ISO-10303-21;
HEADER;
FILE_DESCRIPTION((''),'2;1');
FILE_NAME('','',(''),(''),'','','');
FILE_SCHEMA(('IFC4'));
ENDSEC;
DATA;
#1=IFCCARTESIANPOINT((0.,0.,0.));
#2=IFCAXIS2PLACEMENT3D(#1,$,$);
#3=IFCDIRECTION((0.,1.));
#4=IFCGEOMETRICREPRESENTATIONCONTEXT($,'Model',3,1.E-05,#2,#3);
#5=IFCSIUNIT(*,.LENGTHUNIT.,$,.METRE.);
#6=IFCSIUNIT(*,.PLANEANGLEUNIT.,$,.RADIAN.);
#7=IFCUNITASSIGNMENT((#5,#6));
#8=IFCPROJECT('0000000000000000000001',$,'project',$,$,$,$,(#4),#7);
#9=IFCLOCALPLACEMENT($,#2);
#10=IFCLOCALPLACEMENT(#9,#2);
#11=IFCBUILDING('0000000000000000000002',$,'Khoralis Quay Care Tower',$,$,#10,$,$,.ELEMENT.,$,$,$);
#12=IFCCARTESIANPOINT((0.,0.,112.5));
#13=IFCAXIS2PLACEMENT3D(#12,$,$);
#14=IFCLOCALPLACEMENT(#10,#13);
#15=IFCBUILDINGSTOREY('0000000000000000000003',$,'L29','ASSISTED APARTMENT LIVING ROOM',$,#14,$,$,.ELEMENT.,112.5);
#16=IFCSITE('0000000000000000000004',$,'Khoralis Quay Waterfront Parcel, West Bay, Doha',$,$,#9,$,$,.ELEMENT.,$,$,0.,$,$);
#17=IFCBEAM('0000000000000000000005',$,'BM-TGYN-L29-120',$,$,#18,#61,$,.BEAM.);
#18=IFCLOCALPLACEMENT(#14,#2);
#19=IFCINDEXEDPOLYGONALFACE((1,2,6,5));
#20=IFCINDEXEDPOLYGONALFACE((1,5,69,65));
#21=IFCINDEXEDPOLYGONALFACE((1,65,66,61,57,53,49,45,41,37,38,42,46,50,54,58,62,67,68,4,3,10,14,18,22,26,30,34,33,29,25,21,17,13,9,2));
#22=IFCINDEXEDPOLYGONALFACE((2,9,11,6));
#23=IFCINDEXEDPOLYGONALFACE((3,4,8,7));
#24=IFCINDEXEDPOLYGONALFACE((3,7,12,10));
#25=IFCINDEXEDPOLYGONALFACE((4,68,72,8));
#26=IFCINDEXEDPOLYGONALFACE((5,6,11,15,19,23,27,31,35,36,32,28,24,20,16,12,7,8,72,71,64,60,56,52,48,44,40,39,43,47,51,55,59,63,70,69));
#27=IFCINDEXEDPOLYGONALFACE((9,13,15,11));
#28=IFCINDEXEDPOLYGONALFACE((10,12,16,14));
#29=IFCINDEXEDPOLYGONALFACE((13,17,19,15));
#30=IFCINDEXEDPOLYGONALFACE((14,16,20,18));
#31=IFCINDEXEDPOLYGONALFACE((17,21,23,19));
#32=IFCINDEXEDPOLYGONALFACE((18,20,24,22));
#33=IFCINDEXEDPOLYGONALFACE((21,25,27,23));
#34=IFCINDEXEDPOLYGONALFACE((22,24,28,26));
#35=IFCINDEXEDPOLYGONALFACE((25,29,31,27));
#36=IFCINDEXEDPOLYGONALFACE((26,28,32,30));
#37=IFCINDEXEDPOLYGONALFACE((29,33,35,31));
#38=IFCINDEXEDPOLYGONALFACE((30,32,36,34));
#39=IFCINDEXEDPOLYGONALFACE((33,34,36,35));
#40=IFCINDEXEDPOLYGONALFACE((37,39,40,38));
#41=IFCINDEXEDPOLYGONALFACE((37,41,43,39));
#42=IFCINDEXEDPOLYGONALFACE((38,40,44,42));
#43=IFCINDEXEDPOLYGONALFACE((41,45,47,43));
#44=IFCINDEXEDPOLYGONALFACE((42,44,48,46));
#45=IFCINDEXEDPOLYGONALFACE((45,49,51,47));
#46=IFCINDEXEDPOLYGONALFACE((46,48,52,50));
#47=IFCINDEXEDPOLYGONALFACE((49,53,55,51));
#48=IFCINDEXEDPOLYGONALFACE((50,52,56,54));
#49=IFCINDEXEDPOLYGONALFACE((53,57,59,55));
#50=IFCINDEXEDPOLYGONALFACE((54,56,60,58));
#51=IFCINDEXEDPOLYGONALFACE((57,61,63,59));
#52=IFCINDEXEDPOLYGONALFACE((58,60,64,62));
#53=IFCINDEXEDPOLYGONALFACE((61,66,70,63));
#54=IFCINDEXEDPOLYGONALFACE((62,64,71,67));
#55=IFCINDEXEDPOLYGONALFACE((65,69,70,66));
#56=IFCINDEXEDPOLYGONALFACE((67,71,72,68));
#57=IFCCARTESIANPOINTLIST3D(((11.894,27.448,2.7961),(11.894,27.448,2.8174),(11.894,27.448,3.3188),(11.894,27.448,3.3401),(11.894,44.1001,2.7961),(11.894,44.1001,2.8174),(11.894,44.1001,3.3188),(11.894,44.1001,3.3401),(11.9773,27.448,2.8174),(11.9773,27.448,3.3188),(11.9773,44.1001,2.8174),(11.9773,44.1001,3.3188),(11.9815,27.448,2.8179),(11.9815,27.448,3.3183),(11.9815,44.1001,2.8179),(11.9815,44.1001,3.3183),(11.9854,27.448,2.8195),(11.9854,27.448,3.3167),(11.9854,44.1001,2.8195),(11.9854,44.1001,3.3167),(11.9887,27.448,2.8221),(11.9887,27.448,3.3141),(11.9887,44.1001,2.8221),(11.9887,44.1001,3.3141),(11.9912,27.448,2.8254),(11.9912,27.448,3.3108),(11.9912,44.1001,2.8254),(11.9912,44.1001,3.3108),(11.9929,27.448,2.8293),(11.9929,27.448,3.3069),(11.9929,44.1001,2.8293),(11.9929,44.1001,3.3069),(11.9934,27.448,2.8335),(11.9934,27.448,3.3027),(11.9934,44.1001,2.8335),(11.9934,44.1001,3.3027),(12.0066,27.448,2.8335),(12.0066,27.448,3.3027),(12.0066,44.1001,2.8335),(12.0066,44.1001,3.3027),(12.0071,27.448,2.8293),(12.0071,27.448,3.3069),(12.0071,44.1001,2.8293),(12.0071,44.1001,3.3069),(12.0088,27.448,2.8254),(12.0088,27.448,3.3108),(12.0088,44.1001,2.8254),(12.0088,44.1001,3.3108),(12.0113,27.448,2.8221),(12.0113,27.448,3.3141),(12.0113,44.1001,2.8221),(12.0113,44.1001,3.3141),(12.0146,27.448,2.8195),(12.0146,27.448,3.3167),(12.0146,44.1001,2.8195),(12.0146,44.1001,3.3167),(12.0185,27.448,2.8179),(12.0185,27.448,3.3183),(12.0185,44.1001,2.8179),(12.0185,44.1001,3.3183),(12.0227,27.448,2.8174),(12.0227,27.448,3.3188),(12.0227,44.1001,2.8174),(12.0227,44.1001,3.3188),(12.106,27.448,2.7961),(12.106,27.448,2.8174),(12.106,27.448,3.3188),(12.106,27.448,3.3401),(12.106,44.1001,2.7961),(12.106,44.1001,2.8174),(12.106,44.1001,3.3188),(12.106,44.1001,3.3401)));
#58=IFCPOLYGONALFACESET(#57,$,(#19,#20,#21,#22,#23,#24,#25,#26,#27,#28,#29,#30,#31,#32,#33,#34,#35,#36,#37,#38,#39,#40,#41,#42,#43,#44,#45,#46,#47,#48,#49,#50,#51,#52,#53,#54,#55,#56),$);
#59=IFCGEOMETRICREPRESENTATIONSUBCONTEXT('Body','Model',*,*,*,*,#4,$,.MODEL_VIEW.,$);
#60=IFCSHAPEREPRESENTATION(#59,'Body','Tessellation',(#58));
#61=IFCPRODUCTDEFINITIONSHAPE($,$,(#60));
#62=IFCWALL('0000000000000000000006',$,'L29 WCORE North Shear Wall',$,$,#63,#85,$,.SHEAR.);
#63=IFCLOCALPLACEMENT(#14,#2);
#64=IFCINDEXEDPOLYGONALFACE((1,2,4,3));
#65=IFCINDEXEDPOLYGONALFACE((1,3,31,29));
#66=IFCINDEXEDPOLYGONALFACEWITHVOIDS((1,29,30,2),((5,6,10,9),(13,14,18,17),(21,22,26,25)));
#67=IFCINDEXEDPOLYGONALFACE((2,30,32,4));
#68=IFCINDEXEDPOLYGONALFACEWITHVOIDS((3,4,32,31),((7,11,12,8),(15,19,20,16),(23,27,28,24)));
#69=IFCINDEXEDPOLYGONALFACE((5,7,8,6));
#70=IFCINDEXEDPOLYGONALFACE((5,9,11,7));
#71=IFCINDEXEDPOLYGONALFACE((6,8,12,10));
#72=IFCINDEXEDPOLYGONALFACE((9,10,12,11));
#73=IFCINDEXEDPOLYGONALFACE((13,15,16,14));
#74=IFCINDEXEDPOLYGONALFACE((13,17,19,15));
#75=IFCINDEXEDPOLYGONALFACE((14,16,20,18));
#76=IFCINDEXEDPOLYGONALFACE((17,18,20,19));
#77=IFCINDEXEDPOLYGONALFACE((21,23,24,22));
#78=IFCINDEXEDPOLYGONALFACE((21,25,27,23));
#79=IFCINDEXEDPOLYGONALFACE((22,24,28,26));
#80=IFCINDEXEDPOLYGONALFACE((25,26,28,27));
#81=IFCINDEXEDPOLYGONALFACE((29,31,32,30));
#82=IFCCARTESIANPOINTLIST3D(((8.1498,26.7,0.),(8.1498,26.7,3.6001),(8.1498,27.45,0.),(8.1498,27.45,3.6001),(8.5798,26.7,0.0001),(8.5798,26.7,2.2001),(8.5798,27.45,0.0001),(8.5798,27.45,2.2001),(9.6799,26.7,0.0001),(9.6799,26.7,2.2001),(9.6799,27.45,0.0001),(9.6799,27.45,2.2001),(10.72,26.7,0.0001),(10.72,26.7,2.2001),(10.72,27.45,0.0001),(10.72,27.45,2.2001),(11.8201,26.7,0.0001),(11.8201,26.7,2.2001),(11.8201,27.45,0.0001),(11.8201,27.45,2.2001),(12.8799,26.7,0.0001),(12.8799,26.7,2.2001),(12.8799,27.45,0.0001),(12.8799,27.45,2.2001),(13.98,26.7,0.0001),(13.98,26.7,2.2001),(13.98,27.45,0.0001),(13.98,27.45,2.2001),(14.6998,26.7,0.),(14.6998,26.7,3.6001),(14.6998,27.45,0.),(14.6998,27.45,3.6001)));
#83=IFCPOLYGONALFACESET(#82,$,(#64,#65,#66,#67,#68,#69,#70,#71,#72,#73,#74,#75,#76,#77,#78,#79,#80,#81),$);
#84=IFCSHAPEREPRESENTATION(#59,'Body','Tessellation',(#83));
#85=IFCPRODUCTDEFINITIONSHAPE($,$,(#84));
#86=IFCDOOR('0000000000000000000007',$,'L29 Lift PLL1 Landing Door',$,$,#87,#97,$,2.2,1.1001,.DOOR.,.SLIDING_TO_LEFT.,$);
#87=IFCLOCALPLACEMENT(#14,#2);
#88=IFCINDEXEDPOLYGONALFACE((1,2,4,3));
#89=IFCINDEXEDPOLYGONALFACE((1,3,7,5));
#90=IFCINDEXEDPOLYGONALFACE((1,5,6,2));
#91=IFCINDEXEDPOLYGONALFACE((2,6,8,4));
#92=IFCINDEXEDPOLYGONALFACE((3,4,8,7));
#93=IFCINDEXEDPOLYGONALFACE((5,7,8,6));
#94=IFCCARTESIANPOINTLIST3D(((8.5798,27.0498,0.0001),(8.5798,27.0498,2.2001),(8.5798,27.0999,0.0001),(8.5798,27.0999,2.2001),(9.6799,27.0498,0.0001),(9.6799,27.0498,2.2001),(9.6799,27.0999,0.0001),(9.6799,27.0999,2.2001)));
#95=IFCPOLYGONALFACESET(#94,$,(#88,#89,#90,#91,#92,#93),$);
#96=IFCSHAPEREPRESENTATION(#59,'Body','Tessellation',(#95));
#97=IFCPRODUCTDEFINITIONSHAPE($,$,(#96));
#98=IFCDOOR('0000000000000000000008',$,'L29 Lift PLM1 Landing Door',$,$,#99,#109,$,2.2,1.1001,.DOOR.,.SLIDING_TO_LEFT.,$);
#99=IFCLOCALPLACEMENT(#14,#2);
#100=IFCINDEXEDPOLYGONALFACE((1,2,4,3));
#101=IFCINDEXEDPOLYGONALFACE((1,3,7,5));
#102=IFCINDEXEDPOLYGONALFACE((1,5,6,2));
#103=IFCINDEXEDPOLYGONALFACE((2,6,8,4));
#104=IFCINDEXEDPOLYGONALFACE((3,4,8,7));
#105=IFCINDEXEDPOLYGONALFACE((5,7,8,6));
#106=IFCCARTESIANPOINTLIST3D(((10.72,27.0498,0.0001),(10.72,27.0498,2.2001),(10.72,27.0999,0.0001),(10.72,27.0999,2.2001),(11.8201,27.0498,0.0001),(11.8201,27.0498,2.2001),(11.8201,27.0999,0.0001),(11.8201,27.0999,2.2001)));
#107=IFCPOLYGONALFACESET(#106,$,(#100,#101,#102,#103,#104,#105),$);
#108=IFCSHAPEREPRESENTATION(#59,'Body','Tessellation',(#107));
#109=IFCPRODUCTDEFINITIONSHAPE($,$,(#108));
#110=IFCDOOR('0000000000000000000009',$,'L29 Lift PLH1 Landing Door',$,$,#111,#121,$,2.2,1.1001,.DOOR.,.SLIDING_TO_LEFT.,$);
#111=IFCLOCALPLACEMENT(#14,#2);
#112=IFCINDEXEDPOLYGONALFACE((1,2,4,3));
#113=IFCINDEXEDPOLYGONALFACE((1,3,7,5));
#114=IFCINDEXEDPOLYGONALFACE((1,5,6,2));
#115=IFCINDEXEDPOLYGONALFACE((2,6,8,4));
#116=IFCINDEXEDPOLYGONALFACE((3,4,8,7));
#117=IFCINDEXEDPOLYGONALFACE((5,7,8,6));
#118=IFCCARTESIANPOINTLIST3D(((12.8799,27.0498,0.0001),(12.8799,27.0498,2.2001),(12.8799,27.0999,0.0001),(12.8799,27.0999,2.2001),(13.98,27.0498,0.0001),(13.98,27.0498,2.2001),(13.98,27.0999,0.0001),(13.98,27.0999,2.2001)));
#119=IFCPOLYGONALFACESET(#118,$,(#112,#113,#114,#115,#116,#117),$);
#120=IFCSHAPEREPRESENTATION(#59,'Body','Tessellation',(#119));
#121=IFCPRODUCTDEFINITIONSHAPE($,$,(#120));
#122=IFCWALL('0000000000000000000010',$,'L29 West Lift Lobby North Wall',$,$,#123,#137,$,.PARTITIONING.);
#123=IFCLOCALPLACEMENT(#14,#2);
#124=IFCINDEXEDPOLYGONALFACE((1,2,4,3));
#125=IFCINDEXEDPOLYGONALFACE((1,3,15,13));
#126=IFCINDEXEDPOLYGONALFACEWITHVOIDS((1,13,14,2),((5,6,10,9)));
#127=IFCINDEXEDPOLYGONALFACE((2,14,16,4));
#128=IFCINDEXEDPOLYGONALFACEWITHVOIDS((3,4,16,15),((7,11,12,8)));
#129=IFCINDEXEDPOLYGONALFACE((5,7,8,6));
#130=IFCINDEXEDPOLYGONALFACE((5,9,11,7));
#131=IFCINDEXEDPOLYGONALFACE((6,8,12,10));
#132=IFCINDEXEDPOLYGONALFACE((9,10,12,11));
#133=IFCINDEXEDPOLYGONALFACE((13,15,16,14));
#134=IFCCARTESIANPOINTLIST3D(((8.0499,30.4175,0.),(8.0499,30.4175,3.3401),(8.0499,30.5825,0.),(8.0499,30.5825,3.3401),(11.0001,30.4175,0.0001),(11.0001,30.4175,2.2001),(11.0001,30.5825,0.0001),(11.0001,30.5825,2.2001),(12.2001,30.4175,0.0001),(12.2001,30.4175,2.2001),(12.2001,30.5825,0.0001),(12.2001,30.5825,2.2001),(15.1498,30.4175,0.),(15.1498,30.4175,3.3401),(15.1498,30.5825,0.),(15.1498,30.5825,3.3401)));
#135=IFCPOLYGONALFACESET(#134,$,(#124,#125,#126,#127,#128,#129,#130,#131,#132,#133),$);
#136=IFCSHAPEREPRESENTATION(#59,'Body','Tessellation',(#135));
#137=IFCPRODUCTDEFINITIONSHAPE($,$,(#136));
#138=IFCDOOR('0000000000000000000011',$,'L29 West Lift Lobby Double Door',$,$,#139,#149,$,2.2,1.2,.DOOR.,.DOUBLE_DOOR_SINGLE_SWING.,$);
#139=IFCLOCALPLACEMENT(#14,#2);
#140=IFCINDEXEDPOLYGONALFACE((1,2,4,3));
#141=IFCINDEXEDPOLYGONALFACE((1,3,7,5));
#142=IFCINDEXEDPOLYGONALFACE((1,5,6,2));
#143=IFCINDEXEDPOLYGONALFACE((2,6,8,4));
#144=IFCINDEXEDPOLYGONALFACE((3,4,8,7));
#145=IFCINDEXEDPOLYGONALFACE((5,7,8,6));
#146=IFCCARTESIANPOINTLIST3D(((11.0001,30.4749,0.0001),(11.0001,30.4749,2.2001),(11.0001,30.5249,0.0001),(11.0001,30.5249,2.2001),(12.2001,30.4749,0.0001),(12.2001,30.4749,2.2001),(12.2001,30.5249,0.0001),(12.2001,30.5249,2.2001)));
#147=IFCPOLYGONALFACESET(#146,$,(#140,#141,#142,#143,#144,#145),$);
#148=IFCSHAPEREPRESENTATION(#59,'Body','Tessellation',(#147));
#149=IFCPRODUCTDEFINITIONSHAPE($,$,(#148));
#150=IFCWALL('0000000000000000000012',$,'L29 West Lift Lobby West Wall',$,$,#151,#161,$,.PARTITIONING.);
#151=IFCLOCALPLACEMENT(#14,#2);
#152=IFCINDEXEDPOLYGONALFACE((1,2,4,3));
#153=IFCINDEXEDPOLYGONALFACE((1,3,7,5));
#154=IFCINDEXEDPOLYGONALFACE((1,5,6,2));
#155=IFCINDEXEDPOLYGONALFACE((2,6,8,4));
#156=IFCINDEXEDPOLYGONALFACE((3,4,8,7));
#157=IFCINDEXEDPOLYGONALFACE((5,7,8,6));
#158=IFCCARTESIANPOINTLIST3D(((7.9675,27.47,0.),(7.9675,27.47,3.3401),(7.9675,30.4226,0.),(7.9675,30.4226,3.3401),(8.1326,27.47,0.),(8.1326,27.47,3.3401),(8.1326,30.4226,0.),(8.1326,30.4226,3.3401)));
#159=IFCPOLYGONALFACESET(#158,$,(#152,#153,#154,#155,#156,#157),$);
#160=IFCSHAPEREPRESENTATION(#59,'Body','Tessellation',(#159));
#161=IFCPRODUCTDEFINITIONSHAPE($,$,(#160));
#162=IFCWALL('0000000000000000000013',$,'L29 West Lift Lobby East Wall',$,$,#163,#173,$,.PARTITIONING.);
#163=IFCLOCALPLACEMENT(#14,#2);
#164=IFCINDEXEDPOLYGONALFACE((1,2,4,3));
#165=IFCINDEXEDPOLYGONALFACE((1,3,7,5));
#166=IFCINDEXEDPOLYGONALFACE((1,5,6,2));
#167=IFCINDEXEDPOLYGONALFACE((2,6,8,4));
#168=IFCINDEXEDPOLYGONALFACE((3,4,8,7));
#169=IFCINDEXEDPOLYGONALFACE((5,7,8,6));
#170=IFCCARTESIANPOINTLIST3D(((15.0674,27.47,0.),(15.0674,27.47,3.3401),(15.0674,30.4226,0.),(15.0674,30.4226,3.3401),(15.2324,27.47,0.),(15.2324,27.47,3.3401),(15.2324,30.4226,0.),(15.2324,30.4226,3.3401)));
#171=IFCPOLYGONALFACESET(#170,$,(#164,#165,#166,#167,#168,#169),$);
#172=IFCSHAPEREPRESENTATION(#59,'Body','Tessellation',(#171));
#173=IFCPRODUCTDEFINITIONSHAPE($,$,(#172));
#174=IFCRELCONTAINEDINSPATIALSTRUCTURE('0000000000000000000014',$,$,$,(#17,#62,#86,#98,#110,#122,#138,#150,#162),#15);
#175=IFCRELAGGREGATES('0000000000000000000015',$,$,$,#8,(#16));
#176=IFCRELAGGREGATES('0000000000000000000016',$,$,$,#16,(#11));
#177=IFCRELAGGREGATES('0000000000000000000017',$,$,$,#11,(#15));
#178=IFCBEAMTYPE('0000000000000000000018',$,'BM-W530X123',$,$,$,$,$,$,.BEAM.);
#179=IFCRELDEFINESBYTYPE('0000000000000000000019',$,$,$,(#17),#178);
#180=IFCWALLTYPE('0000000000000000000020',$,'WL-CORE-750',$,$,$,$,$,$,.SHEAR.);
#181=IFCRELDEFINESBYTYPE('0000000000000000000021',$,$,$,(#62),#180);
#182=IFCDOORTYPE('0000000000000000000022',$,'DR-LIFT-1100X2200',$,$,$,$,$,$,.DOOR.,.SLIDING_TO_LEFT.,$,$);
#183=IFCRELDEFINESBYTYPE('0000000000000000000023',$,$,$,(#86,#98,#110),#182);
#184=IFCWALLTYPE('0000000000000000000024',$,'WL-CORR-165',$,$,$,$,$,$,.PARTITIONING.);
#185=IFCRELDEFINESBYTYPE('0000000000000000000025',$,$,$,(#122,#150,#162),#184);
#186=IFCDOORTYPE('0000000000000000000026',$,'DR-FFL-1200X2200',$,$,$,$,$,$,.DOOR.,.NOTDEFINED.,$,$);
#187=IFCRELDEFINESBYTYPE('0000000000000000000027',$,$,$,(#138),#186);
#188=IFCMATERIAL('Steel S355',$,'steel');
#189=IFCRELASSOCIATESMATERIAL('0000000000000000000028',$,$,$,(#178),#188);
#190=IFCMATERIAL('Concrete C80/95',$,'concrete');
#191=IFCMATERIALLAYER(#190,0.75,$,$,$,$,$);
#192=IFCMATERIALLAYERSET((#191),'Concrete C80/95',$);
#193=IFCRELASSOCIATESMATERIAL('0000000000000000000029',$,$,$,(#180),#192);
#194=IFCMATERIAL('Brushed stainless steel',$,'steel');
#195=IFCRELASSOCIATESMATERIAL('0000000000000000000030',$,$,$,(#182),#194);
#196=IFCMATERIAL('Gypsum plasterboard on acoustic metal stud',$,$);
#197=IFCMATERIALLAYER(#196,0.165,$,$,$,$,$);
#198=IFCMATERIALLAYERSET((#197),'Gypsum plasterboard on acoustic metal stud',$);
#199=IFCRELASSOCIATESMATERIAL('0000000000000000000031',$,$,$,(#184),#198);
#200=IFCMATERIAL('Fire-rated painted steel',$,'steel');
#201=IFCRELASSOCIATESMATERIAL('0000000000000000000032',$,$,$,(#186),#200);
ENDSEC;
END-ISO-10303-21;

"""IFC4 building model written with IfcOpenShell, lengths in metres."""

from ifc_helpers import new_model, si_unit, direction, frame, frame_2d, origin, origin_2d, place, context, subcontext, project, spatial, rectangle, i_section, extrude, source, transform, mapped, material, layer, layer_set, material_profile, profile_set, type_object, element, fill, save


model = new_model("IFC4")

# Units and contexts
model_context = context("Model", 3, precision=1e-05, world=origin(), true_north=direction((0.0, 1.0)))
body_context = subcontext(model_context, "Body", "Model", "MODEL_VIEW")
ifc_project = project(units=[si_unit("LENGTHUNIT", "METRE"), si_unit("PLANEANGLEUNIT", "RADIAN")], contexts=[model_context])

# Site, building, storey
site_placement = place(None, origin())
site = spatial("IfcSite", under=ifc_project, at=site_placement, Name="Khoralis Quay Waterfront Parcel, West Bay, Doha", CompositionType="ELEMENT", RefElevation=0.0)
building_placement = place(site_placement, origin())
building = spatial("IfcBuilding", under=site, at=building_placement, Name="Khoralis Quay Care Tower", CompositionType="ELEMENT")
storey_placement = place(building_placement, frame((0.0, 0.0, 112.5)))
storey = spatial("IfcBuildingStorey", under=building, at=storey_placement, Name="L29", Description="ASSISTED APARTMENT LIVING ROOM", CompositionType="ELEMENT", Elevation=112.5)

# Beam
ifc_material_1 = material(Name="Steel S355", Category="steel")
ifc_material_profile_1 = material_profile(ifc_material_1, i_section(OverallWidth=0.2119, OverallDepth=0.5439, WebThickness=0.0132, FlangeThickness=0.0212, FilletRadius=0.0161, at=origin_2d()), Name="Steel S355")
ifc_profile_set_1 = profile_set([ifc_material_profile_1], Name="Steel S355")
beam_type_1 = type_object("IfcBeamType", Name="BM-W530X123", PredefinedType="BEAM", material=ifc_profile_set_1)
shared_shape_1 = source(origin(), body_context, "Body", "SweptSolid", [
    extrude(i_section(OverallWidth=0.2119, OverallDepth=0.5439, WebThickness=0.0132, FlangeThickness=0.0212, FilletRadius=0.0161, at=origin_2d()), origin(), (0.0, 0.0, 1.0), 16.6521),
])
beam_1_placement = place(storey_placement, frame((12.0, 27.448, 3.0681), z_axis=(0.0, 1.0, 0.0), x_axis=(-1.0, 0.0, 0.0)))
element("IfcBeam", 1, at=beam_1_placement, inside=storey, type_object=beam_type_1, Name="BM-TGYN-L29-120", PredefinedType="BEAM", context=body_context, shape_type="MappedRepresentation", body=[
    mapped(shared_shape_1, transform((0.0, 0.0, 0.0), scale=1.0)),
])

# Wall, openings, doors
ifc_material_2 = material(Name="Concrete C80/95", Category="concrete")
ifc_layer_1 = layer(ifc_material_2, 0.75)
ifc_layer_set_1 = layer_set([ifc_layer_1], Name="Concrete C80/95")
wall_type_1 = type_object("IfcWallType", Name="WL-CORE-750", PredefinedType="SHEAR", material=ifc_layer_set_1)
wall_1_placement = place(storey_placement, frame((8.1499, 27.075, 0.0), z_axis=(0.0, 0.0, 1.0), x_axis=(1.0, 0.0, 0.0)))
wall_1 = element("IfcWall", 2, at=wall_1_placement, inside=storey, type_object=wall_type_1, Name="L29 WCORE North Shear Wall", PredefinedType="SHEAR", context=body_context, shape_type="SweptSolid", body=[
    extrude(rectangle(XDim=6.55, YDim=0.75, at=frame_2d((3.2749, 0.0))), origin(), (0.0, 0.0, 1.0), 3.6001),
])
opening_1_placement = place(wall_1_placement, frame((0.4299, 0.0, 0.0)))
opening_1 = element("IfcOpeningElement", 3, at=opening_1_placement, cuts=wall_1, PredefinedType="OPENING", context=body_context, shape_type="SweptSolid", body=[
    extrude(rectangle(XDim=1.1001, YDim=2.2, at=frame_2d((0.55, 1.1001))), frame((0.0, 0.385, 0.0), z_axis=(0.0, -1.0, 0.0), x_axis=(1.0, 0.0, 0.0)), (0.0, 0.0, 1.0), 0.77),
])
opening_2_placement = place(wall_1_placement, frame((2.5701, 0.0, 0.0)))
opening_2 = element("IfcOpeningElement", 4, at=opening_2_placement, cuts=wall_1, PredefinedType="OPENING", context=body_context, shape_type="SweptSolid", body=[
    extrude(rectangle(XDim=1.1001, YDim=2.2, at=frame_2d((0.55, 1.1001))), frame((0.0, 0.385, 0.0), z_axis=(0.0, -1.0, 0.0), x_axis=(1.0, 0.0, 0.0)), (0.0, 0.0, 1.0), 0.77),
])
opening_3_placement = place(wall_1_placement, frame((4.73, 0.0, 0.0)))
opening_3 = element("IfcOpeningElement", 5, at=opening_3_placement, cuts=wall_1, PredefinedType="OPENING", context=body_context, shape_type="SweptSolid", body=[
    extrude(rectangle(XDim=1.1001, YDim=2.2, at=frame_2d((0.55, 1.1001))), frame((0.0, 0.385, 0.0), z_axis=(0.0, -1.0, 0.0), x_axis=(1.0, 0.0, 0.0)), (0.0, 0.0, 1.0), 0.77),
])
ifc_material_3 = material(Name="Brushed stainless steel", Category="steel")
door_type_1 = type_object("IfcDoorType", Name="DR-LIFT-1100X2200", OperationType="SLIDING_TO_LEFT", PredefinedType="DOOR", material=ifc_material_3)
shared_shape_2 = source(origin(), body_context, "Body", "SweptSolid", [
    extrude(rectangle(XDim=1.1001, YDim=2.2, at=frame_2d((0.55, 1.1001))), frame((0.0, 0.0249, 0.0), z_axis=(0.0, -1.0, 0.0), x_axis=(1.0, 0.0, 0.0)), (0.0, 0.0, 1.0), 0.05),
])
door_1_placement = place(opening_1_placement, origin())
door_1 = element("IfcDoor", 6, at=door_1_placement, inside=storey, type_object=door_type_1, Name="L29 Lift PLL1 Landing Door", OperationType="SLIDING_TO_LEFT", OverallHeight=2.2, OverallWidth=1.1001, PredefinedType="DOOR", context=body_context, shape_type="MappedRepresentation", body=[
    mapped(shared_shape_2, transform((0.0, 0.0, 0.0), scale=1.0)),
])
fill(opening_1, door_1)
door_2_placement = place(opening_2_placement, origin())
door_2 = element("IfcDoor", 7, at=door_2_placement, inside=storey, type_object=door_type_1, Name="L29 Lift PLM1 Landing Door", OperationType="SLIDING_TO_LEFT", OverallHeight=2.2, OverallWidth=1.1001, PredefinedType="DOOR", context=body_context, shape_type="MappedRepresentation", body=[
    mapped(shared_shape_2, transform((0.0, 0.0, 0.0), scale=1.0)),
])
fill(opening_2, door_2)
door_3_placement = place(opening_3_placement, origin())
door_3 = element("IfcDoor", 8, at=door_3_placement, inside=storey, type_object=door_type_1, Name="L29 Lift PLH1 Landing Door", OperationType="SLIDING_TO_LEFT", OverallHeight=2.2, OverallWidth=1.1001, PredefinedType="DOOR", context=body_context, shape_type="MappedRepresentation", body=[
    mapped(shared_shape_2, transform((0.0, 0.0, 0.0), scale=1.0)),
])
fill(opening_3, door_3)

# Wall, opening, door
ifc_material_4 = material(Name="Gypsum plasterboard on acoustic metal stud")
ifc_layer_2 = layer(ifc_material_4, 0.165)
ifc_layer_set_2 = layer_set([ifc_layer_2], Name="Gypsum plasterboard on acoustic metal stud")
wall_type_2 = type_object("IfcWallType", Name="WL-CORR-165", PredefinedType="PARTITIONING", material=ifc_layer_set_2)
wall_2_placement = place(storey_placement, frame((8.05, 30.5, 0.0), z_axis=(0.0, 0.0, 1.0), x_axis=(1.0, 0.0, 0.0)))
wall_2 = element("IfcWall", 9, at=wall_2_placement, inside=storey, type_object=wall_type_2, Name="L29 West Lift Lobby North Wall", PredefinedType="PARTITIONING", context=body_context, shape_type="SweptSolid", body=[
    extrude(rectangle(XDim=7.0999, YDim=0.165, at=frame_2d((3.5498, 0.0))), origin(), (0.0, 0.0, 1.0), 3.3401),
])
opening_4_placement = place(wall_2_placement, frame((2.95, 0.0, 0.0)))
opening_4 = element("IfcOpeningElement", 10, at=opening_4_placement, cuts=wall_2, PredefinedType="OPENING", context=body_context, shape_type="SweptSolid", body=[
    extrude(rectangle(XDim=1.2, YDim=2.2, at=frame_2d((0.6001, 1.1001))), frame((0.0, 0.0925, 0.0), z_axis=(0.0, -1.0, 0.0), x_axis=(1.0, 0.0, 0.0)), (0.0, 0.0, 1.0), 0.1851),
])
ifc_material_5 = material(Name="Fire-rated painted steel", Category="steel")
door_type_2 = type_object("IfcDoorType", Name="DR-FFL-1200X2200", OperationType="NOTDEFINED", PredefinedType="DOOR", material=ifc_material_5)
shared_shape_3 = source(origin(), body_context, "Body", "SweptSolid", [
    extrude(rectangle(XDim=1.2, YDim=2.2, at=frame_2d((0.6001, 1.1001))), frame((0.0, 0.0249, 0.0), z_axis=(0.0, -1.0, 0.0), x_axis=(1.0, 0.0, 0.0)), (0.0, 0.0, 1.0), 0.05),
])
door_4_placement = place(opening_4_placement, origin())
door_4 = element("IfcDoor", 11, at=door_4_placement, inside=storey, type_object=door_type_2, Name="L29 West Lift Lobby Double Door", OperationType="DOUBLE_DOOR_SINGLE_SWING", OverallHeight=2.2, OverallWidth=1.2, PredefinedType="DOOR", context=body_context, shape_type="MappedRepresentation", body=[
    mapped(shared_shape_3, transform((0.0, 0.0, 0.0), scale=1.0)),
])
fill(opening_4, door_4)

# Walls
for number, where, z_axis, x_axis, name in (
    (12, (8.05, 27.47, 0.0), (0.0, 0.0, 1.0), (0.0, 1.0, 0.0), "L29 West Lift Lobby West Wall"),
    (13, (15.1499, 27.47, 0.0), (0.0, 0.0, 1.0), (0.0, 1.0, 0.0), "L29 West Lift Lobby East Wall"),
):
    element("IfcWall", number, at=place(storey_placement, frame(where, z_axis=z_axis, x_axis=x_axis)), inside=storey, type_object=wall_type_2, Name=name, PredefinedType="PARTITIONING", context=body_context, shape_type="SweptSolid", body=[
        extrude(rectangle(XDim=2.9526, YDim=0.165, at=frame_2d((1.4763, 0.0))), origin(), (0.0, 0.0, 1.0), 3.3401),
    ])

save(model, "model.ifc")
